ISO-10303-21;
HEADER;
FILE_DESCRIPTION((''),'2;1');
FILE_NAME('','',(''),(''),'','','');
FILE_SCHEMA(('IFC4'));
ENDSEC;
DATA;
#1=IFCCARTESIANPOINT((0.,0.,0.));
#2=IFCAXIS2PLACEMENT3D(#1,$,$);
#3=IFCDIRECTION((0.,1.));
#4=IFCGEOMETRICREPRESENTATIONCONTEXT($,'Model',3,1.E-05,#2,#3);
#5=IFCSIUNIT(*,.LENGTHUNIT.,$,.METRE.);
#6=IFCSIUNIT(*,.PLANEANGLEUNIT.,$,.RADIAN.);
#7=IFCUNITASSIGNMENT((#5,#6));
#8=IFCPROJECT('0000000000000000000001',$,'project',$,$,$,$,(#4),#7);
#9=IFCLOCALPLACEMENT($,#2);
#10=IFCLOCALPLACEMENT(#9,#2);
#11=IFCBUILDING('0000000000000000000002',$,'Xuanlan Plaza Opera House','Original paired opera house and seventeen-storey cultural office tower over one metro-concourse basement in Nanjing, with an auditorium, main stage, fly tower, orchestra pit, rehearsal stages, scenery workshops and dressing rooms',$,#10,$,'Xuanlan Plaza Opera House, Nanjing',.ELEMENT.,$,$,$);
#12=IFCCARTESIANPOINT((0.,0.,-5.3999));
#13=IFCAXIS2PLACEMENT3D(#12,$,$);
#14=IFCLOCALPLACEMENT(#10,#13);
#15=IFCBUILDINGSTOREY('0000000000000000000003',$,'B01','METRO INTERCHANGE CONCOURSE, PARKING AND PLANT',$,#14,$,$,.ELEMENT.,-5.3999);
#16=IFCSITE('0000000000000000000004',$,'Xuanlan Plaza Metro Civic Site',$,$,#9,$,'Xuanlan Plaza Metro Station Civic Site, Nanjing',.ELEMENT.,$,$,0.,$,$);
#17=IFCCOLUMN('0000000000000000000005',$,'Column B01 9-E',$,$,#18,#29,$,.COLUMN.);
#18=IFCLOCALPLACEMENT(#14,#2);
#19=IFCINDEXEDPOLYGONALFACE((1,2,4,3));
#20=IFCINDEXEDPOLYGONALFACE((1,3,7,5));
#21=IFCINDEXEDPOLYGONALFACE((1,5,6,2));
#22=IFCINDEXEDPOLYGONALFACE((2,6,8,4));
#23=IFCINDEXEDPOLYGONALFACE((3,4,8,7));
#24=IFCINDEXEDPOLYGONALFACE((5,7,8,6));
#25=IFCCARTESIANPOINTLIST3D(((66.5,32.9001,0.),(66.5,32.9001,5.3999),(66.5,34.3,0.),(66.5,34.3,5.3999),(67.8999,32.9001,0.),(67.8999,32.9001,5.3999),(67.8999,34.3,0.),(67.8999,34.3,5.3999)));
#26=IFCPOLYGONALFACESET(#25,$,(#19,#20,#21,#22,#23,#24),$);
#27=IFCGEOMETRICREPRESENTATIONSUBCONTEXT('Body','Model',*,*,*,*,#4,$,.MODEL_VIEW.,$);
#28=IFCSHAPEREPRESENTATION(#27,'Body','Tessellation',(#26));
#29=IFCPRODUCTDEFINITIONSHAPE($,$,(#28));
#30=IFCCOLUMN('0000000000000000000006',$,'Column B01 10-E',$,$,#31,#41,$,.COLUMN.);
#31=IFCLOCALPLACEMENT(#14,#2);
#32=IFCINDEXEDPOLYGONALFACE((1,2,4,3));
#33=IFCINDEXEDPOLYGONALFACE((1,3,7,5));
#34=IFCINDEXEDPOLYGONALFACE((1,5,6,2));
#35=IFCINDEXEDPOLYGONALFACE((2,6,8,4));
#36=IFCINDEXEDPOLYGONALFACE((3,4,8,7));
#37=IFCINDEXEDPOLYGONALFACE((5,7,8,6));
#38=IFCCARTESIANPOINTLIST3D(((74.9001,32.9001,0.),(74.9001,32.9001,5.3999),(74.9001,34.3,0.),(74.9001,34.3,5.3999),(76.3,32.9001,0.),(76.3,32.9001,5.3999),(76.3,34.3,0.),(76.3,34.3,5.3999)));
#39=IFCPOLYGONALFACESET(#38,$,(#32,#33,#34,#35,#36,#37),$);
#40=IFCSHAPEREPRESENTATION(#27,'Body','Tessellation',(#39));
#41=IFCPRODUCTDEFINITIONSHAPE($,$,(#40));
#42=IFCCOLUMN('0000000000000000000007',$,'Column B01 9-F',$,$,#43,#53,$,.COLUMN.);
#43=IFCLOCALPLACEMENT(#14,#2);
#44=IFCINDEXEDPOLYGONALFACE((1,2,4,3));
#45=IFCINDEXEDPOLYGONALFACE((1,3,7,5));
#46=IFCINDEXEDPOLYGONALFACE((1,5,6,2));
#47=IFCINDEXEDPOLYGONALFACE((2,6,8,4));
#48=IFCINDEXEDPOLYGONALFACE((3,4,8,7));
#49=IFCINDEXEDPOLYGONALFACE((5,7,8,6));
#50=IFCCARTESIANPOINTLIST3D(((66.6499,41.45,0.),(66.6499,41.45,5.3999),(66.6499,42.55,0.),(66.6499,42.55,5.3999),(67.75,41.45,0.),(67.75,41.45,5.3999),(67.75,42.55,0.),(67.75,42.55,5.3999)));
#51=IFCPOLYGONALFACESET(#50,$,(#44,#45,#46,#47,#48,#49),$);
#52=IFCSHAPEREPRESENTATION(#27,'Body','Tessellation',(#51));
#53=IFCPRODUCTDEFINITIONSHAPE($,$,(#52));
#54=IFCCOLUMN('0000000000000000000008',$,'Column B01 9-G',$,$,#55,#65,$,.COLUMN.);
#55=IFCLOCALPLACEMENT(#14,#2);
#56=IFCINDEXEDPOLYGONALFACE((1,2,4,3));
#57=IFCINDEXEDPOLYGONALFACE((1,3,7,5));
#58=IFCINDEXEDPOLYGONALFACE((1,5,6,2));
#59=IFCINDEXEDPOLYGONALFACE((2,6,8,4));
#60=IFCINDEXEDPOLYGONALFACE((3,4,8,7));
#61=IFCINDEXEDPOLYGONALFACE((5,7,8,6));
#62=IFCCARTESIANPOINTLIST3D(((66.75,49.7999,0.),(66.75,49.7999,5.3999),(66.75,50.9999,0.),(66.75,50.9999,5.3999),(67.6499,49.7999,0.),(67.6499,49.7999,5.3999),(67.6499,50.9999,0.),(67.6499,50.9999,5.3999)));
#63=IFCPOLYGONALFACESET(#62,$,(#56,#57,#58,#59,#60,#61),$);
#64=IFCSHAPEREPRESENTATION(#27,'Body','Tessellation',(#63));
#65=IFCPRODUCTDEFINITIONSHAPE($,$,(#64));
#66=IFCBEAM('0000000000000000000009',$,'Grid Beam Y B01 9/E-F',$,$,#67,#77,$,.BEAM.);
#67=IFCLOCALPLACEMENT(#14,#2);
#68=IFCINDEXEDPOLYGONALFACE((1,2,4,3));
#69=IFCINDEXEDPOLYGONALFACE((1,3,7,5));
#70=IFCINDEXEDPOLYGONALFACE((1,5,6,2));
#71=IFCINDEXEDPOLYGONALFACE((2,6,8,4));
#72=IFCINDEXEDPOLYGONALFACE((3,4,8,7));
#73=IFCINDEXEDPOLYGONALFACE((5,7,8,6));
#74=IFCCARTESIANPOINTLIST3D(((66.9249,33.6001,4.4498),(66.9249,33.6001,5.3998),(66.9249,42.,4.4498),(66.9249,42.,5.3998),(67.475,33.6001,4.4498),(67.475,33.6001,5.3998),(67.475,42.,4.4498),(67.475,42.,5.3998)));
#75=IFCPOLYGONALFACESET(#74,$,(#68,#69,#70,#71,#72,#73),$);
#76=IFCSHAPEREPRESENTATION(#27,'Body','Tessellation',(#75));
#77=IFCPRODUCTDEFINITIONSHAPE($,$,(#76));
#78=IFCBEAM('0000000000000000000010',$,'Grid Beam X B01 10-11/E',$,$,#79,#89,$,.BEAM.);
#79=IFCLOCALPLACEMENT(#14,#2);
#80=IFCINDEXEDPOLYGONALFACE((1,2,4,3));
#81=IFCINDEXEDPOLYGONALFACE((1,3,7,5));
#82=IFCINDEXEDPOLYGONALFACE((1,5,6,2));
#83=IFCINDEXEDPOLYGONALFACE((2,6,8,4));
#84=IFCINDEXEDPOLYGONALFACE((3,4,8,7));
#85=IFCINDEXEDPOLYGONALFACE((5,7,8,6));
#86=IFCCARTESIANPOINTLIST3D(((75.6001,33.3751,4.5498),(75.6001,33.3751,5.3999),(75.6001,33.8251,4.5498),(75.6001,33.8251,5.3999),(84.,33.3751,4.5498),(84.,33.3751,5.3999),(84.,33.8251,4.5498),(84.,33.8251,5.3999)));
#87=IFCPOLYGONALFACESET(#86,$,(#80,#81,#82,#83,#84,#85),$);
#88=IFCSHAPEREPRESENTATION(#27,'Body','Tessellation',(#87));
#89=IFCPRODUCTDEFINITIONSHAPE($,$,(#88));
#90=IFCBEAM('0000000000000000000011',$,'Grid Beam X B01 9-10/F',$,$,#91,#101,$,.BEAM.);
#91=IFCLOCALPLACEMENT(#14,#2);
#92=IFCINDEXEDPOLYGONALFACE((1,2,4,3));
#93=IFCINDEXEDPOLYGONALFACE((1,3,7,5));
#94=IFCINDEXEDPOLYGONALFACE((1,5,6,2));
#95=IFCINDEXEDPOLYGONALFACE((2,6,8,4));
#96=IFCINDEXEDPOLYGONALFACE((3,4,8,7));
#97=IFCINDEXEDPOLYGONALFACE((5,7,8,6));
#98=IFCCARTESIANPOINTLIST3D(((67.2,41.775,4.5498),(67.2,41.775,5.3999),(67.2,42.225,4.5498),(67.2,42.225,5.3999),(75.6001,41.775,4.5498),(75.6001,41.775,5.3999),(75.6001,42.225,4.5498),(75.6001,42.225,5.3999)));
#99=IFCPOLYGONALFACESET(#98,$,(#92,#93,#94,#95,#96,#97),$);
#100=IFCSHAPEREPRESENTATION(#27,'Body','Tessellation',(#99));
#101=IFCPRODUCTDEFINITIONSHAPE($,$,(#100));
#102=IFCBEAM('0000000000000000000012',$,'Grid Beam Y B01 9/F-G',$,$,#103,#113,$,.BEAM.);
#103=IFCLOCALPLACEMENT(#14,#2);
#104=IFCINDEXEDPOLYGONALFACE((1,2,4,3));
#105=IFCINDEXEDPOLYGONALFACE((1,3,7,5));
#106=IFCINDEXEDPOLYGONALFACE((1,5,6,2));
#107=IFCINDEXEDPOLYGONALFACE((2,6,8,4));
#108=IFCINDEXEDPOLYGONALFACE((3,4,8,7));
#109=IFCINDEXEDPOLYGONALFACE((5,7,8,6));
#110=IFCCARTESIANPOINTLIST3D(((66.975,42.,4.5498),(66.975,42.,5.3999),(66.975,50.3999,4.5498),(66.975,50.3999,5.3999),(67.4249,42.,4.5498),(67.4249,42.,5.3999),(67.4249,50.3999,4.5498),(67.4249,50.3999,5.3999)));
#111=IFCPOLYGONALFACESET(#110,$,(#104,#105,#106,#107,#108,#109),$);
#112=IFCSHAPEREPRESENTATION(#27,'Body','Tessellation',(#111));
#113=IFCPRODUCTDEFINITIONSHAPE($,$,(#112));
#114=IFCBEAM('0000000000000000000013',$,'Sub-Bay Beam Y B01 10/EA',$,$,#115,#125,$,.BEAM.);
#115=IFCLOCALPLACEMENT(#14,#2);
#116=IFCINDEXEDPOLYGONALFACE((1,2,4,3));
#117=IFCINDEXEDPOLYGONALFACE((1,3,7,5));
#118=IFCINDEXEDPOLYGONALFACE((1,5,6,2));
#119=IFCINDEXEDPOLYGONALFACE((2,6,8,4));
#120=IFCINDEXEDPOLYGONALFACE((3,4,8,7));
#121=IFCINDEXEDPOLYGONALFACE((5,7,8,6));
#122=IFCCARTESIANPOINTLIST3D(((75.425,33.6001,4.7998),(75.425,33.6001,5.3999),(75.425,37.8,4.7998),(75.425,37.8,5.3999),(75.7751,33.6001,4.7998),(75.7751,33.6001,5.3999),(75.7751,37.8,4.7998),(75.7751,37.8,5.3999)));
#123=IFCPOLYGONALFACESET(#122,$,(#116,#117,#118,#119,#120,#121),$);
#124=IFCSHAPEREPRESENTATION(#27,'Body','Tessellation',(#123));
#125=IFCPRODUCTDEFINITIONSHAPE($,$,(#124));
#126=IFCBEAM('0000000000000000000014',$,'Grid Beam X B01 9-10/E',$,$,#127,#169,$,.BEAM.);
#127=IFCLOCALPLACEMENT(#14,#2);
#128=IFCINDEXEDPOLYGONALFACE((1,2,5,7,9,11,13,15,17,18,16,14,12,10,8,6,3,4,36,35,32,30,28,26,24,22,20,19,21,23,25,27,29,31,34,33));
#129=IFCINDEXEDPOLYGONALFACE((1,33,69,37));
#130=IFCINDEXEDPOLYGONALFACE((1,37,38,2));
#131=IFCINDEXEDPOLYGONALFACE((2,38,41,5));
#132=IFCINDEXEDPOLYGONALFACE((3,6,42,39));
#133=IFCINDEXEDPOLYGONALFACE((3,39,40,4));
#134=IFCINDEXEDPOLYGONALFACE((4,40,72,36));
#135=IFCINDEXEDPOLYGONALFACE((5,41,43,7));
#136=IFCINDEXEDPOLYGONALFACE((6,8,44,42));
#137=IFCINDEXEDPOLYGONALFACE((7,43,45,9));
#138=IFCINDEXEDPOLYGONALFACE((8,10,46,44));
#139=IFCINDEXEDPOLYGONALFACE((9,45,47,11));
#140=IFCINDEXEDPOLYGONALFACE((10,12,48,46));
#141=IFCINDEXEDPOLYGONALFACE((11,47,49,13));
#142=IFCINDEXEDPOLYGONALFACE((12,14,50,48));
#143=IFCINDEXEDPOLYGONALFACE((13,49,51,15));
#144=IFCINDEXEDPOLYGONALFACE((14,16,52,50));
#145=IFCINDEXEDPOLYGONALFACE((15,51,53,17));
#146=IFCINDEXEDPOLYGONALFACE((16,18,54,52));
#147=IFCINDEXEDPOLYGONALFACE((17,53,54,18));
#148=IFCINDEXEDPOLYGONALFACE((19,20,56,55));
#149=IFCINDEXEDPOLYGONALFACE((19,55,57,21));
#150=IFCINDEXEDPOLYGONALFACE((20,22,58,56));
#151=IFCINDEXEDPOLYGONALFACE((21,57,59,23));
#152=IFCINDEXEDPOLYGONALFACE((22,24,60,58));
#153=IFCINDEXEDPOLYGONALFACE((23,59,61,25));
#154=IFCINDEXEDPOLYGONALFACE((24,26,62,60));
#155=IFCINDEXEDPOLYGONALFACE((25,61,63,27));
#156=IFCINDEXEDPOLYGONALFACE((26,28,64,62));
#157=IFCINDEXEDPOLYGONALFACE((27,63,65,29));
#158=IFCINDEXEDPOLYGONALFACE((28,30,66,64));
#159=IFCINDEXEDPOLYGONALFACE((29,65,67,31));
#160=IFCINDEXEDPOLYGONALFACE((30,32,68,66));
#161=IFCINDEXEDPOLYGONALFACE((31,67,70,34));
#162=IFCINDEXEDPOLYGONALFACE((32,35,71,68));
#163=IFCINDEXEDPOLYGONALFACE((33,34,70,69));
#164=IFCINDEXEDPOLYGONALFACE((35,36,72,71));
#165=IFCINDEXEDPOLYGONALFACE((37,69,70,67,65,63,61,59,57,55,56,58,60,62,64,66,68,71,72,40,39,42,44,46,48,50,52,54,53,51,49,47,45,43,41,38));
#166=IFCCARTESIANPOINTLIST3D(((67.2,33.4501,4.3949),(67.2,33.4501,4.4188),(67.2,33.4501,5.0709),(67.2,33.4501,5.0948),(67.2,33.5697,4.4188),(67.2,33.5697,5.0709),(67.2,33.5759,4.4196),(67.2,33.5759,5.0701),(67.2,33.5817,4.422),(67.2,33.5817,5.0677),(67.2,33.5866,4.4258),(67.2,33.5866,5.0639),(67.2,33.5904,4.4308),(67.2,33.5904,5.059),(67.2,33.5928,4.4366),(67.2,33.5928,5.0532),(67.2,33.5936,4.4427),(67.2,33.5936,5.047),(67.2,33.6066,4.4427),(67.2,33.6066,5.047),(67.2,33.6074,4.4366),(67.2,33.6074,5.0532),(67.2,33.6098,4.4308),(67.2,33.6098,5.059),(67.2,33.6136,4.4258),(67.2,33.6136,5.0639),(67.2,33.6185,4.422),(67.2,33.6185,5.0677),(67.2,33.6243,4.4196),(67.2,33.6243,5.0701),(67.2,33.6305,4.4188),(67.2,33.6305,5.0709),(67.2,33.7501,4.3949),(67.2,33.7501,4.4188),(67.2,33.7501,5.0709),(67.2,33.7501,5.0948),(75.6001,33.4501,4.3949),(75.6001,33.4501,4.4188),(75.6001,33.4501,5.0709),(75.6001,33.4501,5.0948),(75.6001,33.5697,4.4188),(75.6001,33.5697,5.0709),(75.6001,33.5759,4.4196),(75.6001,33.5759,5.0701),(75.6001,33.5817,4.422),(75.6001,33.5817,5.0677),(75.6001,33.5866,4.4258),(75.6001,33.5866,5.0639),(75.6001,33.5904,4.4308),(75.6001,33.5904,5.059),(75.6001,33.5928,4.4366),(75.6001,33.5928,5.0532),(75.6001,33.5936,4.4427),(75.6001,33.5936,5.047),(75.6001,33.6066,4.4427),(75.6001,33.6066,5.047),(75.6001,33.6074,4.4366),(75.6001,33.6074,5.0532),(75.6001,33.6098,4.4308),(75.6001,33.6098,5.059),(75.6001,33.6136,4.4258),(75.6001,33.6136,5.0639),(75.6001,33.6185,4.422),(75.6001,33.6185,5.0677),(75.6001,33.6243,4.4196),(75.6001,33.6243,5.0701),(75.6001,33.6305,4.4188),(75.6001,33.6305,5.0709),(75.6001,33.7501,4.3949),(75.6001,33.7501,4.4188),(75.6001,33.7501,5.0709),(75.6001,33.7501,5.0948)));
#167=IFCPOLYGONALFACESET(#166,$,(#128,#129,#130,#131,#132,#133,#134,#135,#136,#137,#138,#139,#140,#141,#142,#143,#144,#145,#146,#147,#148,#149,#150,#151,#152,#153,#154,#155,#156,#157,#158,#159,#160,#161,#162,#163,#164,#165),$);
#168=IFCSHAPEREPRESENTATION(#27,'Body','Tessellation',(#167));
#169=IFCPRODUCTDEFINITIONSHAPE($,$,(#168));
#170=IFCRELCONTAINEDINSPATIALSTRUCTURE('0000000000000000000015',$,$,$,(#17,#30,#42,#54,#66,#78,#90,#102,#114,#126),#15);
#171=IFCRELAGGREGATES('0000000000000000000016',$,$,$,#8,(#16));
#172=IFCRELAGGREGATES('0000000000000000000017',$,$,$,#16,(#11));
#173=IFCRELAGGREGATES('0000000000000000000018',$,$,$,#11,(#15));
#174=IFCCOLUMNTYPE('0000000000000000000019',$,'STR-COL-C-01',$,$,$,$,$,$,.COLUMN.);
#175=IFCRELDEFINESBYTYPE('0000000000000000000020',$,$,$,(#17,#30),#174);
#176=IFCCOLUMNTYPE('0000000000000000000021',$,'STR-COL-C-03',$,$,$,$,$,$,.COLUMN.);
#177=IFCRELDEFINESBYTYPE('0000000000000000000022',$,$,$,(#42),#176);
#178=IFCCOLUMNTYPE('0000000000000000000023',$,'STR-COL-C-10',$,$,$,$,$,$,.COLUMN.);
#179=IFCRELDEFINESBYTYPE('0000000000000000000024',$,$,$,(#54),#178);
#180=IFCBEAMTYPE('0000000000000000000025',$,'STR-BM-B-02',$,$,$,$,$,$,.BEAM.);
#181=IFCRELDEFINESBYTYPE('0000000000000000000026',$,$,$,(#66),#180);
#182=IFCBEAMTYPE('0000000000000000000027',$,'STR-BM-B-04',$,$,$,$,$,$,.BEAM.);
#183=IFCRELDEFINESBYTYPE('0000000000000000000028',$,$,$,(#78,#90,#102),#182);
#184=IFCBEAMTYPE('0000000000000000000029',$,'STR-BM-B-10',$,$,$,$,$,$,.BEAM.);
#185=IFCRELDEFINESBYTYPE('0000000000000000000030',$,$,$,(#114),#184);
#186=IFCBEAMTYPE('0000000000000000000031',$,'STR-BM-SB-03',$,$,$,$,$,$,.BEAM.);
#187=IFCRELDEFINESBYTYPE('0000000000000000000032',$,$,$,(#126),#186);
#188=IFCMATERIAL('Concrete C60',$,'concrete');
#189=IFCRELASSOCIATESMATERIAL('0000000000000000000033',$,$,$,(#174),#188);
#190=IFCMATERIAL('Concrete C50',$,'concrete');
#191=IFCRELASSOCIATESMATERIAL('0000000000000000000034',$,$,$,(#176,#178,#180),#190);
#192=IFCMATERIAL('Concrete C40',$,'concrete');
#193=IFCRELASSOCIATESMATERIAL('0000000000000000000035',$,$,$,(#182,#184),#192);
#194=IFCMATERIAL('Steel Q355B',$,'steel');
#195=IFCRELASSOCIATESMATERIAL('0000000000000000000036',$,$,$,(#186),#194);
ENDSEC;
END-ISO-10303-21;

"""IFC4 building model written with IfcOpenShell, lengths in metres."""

from ifc_helpers import new_model, si_unit, direction, frame, origin, origin_2d, place, context, subcontext, project, spatial, rectangle, i_section, extrude, material, material_profile, profile_set, type_object, element, save


model = new_model("IFC4")

# Units and contexts
model_context = context("Model", 3, precision=1e-05, world=origin(), true_north=direction((0.0, 1.0)))
body_context = subcontext(model_context, "Body", "Model", "MODEL_VIEW")
ifc_project = project(units=[si_unit("LENGTHUNIT", "METRE"), si_unit("PLANEANGLEUNIT", "RADIAN")], contexts=[model_context])

# Site, building, storey
site_placement = place(None, origin())
site = spatial("IfcSite", under=ifc_project, at=site_placement, Name="Xuanlan Plaza Metro Civic Site", LongName="Xuanlan Plaza Metro Station Civic Site, Nanjing", CompositionType="ELEMENT", RefElevation=0.0)
building_placement = place(site_placement, origin())
building = spatial("IfcBuilding", under=site, at=building_placement, Name="Xuanlan Plaza Opera House", Description="Original paired opera house and seventeen-storey cultural office tower over one metro-concourse basement in Nanjing, with an auditorium, main stage, fly tower, orchestra pit, rehearsal stages, scenery workshops and dressing rooms", LongName="Xuanlan Plaza Opera House, Nanjing", CompositionType="ELEMENT")
storey_placement = place(building_placement, frame((0.0, 0.0, -5.3999)))
storey = spatial("IfcBuildingStorey", under=building, at=storey_placement, Name="B01", Description="METRO INTERCHANGE CONCOURSE, PARKING AND PLANT", CompositionType="ELEMENT", Elevation=-5.3999)

# Shared definitions
ifc_material_1 = material(Name="Concrete C50", Category="concrete")
ifc_material_2 = material(Name="Concrete C40", Category="concrete")

# Columns
ifc_material_3 = material(Name="Concrete C60", Category="concrete")
ifc_material_profile_1 = material_profile(ifc_material_3, rectangle(XDim=1.3999, YDim=1.3999, at=origin_2d()), Name="RC-COL 1400x1400")
ifc_profile_set_1 = profile_set([ifc_material_profile_1], Name="Concrete C60")
column_type_1 = type_object("IfcColumnType", Name="STR-COL-C-01", PredefinedType="COLUMN", material=ifc_profile_set_1)
for number, where, z_axis, x_axis, name in (
    (1, (67.2, 33.6001, 0.0), (0.0, 0.0, 1.0), (1.0, 0.0, 0.0), "Column B01 9-E"),
    (2, (75.6001, 33.6001, 0.0), (0.0, 0.0, 1.0), (1.0, 0.0, 0.0), "Column B01 10-E"),
):
    element("IfcColumn", number, at=place(storey_placement, frame(where, z_axis=z_axis, x_axis=x_axis)), inside=storey, type_object=column_type_1, Name=name, PredefinedType="COLUMN", context=body_context, shape_type="SweptSolid", body=[
        extrude(rectangle(XDim=1.3999, YDim=1.3999, at=origin_2d()), origin(), (0.0, 0.0, 1.0), 5.3999),
    ])
ifc_material_profile_2 = material_profile(ifc_material_1, rectangle(XDim=1.1001, YDim=1.1001, at=origin_2d()), Name="RC-COL 1100x1100")
ifc_profile_set_2 = profile_set([ifc_material_profile_2], Name="Concrete C50")
column_type_2 = type_object("IfcColumnType", Name="STR-COL-C-03", PredefinedType="COLUMN", material=ifc_profile_set_2)
column_1_placement = place(storey_placement, frame((67.2, 42.0, 0.0), z_axis=(0.0, 0.0, 1.0), x_axis=(1.0, 0.0, 0.0)))
element("IfcColumn", 3, at=column_1_placement, inside=storey, type_object=column_type_2, Name="Column B01 9-F", PredefinedType="COLUMN", context=body_context, shape_type="SweptSolid", body=[
    extrude(rectangle(XDim=1.1001, YDim=1.1001, at=origin_2d()), origin(), (0.0, 0.0, 1.0), 5.3999),
])
ifc_material_profile_3 = material_profile(ifc_material_1, rectangle(XDim=0.8999, YDim=1.2, at=origin_2d()), Name="RC-COL 900x1200")
ifc_profile_set_3 = profile_set([ifc_material_profile_3], Name="Concrete C50")
column_type_3 = type_object("IfcColumnType", Name="STR-COL-C-10", PredefinedType="COLUMN", material=ifc_profile_set_3)
column_2_placement = place(storey_placement, frame((67.2, 50.3999, 0.0), z_axis=(0.0, 0.0, 1.0), x_axis=(1.0, 0.0, 0.0)))
element("IfcColumn", 4, at=column_2_placement, inside=storey, type_object=column_type_3, Name="Column B01 9-G", PredefinedType="COLUMN", context=body_context, shape_type="SweptSolid", body=[
    extrude(rectangle(XDim=0.8999, YDim=1.2, at=origin_2d()), origin(), (0.0, 0.0, 1.0), 5.3999),
])

# Beams
ifc_material_profile_4 = material_profile(ifc_material_1, rectangle(XDim=0.55, YDim=0.95, at=origin_2d()), Name="RC-BM 550x950")
ifc_profile_set_4 = profile_set([ifc_material_profile_4], Name="Concrete C50")
beam_type_1 = type_object("IfcBeamType", Name="STR-BM-B-02", PredefinedType="BEAM", material=ifc_profile_set_4)
beam_1_placement = place(storey_placement, frame((67.2, 33.6001, 4.9248), z_axis=(0.0, 1.0, 0.0), x_axis=(-1.0, 0.0, 0.0)))
element("IfcBeam", 5, at=beam_1_placement, inside=storey, type_object=beam_type_1, Name="Grid Beam Y B01 9/E-F", PredefinedType="BEAM", context=body_context, shape_type="SweptSolid", body=[
    extrude(rectangle(XDim=0.55, YDim=0.95, at=origin_2d()), origin(), (0.0, 0.0, 1.0), 8.3999),
])
ifc_material_profile_5 = material_profile(ifc_material_2, rectangle(XDim=0.45, YDim=0.8501, at=origin_2d()), Name="RC-BM 450x850")
ifc_profile_set_5 = profile_set([ifc_material_profile_5], Name="Concrete C40")
beam_type_2 = type_object("IfcBeamType", Name="STR-BM-B-04", PredefinedType="BEAM", material=ifc_profile_set_5)
beam_2_placement = place(storey_placement, frame((75.6001, 33.6001, 4.9749), z_axis=(1.0, 0.0, 0.0), x_axis=(0.0, 1.0, 0.0)))
element("IfcBeam", 6, at=beam_2_placement, inside=storey, type_object=beam_type_2, Name="Grid Beam X B01 10-11/E", PredefinedType="BEAM", context=body_context, shape_type="SweptSolid", body=[
    extrude(rectangle(XDim=0.45, YDim=0.8501, at=origin_2d()), origin(), (0.0, 0.0, 1.0), 8.3999),
])
beam_3_placement = place(storey_placement, frame((67.2, 42.0, 4.9749), z_axis=(1.0, 0.0, 0.0), x_axis=(0.0, 1.0, 0.0)))
element("IfcBeam", 7, at=beam_3_placement, inside=storey, type_object=beam_type_2, Name="Grid Beam X B01 9-10/F", PredefinedType="BEAM", context=body_context, shape_type="SweptSolid", body=[
    extrude(rectangle(XDim=0.45, YDim=0.8501, at=origin_2d()), origin(), (0.0, 0.0, 1.0), 8.4001),
])
beam_4_placement = place(storey_placement, frame((67.2, 42.0, 4.9749), z_axis=(0.0, 1.0, 0.0), x_axis=(-1.0, 0.0, 0.0)))
element("IfcBeam", 8, at=beam_4_placement, inside=storey, type_object=beam_type_2, Name="Grid Beam Y B01 9/F-G", PredefinedType="BEAM", context=body_context, shape_type="SweptSolid", body=[
    extrude(rectangle(XDim=0.45, YDim=0.8501, at=origin_2d()), origin(), (0.0, 0.0, 1.0), 8.3999),
])
ifc_material_profile_6 = material_profile(ifc_material_2, rectangle(XDim=0.3501, YDim=0.6001, at=origin_2d()), Name="RC-BM 350x600")
ifc_profile_set_6 = profile_set([ifc_material_profile_6], Name="Concrete C40")
beam_type_3 = type_object("IfcBeamType", Name="STR-BM-B-10", PredefinedType="BEAM", material=ifc_profile_set_6)
beam_5_placement = place(storey_placement, frame((75.6001, 33.6001, 5.0999), z_axis=(0.0, 1.0, 0.0), x_axis=(-1.0, 0.0, 0.0)))
element("IfcBeam", 9, at=beam_5_placement, inside=storey, type_object=beam_type_3, Name="Sub-Bay Beam Y B01 10/EA", PredefinedType="BEAM", context=body_context, shape_type="SweptSolid", body=[
    extrude(rectangle(XDim=0.3501, YDim=0.6001, at=origin_2d()), origin(), (0.0, 0.0, 1.0), 4.2),
])
ifc_material_4 = material(Name="Steel Q355B", Category="steel")
ifc_material_profile_7 = material_profile(ifc_material_4, i_section(OverallWidth=0.3, OverallDepth=0.7, WebThickness=0.0129, FlangeThickness=0.0239, FilletRadius=0.0239, at=origin_2d()), Name="HN 700x300x13x24")
ifc_profile_set_7 = profile_set([ifc_material_profile_7], Name="Steel Q355B")
beam_type_4 = type_object("IfcBeamType", Name="STR-BM-SB-03", PredefinedType="BEAM", material=ifc_profile_set_7)
beam_6_placement = place(storey_placement, frame((67.2, 33.6001, 4.7449), z_axis=(1.0, 0.0, 0.0), x_axis=(0.0, 1.0, 0.0)))
element("IfcBeam", 10, at=beam_6_placement, inside=storey, type_object=beam_type_4, Name="Grid Beam X B01 9-10/E", PredefinedType="BEAM", context=body_context, shape_type="SweptSolid", body=[
    extrude(i_section(OverallWidth=0.3, OverallDepth=0.7, WebThickness=0.0129, FlangeThickness=0.0239, FilletRadius=0.0239, at=origin_2d()), origin(), (0.0, 0.0, 1.0), 8.4001),
])

save(model, "model.ifc")
